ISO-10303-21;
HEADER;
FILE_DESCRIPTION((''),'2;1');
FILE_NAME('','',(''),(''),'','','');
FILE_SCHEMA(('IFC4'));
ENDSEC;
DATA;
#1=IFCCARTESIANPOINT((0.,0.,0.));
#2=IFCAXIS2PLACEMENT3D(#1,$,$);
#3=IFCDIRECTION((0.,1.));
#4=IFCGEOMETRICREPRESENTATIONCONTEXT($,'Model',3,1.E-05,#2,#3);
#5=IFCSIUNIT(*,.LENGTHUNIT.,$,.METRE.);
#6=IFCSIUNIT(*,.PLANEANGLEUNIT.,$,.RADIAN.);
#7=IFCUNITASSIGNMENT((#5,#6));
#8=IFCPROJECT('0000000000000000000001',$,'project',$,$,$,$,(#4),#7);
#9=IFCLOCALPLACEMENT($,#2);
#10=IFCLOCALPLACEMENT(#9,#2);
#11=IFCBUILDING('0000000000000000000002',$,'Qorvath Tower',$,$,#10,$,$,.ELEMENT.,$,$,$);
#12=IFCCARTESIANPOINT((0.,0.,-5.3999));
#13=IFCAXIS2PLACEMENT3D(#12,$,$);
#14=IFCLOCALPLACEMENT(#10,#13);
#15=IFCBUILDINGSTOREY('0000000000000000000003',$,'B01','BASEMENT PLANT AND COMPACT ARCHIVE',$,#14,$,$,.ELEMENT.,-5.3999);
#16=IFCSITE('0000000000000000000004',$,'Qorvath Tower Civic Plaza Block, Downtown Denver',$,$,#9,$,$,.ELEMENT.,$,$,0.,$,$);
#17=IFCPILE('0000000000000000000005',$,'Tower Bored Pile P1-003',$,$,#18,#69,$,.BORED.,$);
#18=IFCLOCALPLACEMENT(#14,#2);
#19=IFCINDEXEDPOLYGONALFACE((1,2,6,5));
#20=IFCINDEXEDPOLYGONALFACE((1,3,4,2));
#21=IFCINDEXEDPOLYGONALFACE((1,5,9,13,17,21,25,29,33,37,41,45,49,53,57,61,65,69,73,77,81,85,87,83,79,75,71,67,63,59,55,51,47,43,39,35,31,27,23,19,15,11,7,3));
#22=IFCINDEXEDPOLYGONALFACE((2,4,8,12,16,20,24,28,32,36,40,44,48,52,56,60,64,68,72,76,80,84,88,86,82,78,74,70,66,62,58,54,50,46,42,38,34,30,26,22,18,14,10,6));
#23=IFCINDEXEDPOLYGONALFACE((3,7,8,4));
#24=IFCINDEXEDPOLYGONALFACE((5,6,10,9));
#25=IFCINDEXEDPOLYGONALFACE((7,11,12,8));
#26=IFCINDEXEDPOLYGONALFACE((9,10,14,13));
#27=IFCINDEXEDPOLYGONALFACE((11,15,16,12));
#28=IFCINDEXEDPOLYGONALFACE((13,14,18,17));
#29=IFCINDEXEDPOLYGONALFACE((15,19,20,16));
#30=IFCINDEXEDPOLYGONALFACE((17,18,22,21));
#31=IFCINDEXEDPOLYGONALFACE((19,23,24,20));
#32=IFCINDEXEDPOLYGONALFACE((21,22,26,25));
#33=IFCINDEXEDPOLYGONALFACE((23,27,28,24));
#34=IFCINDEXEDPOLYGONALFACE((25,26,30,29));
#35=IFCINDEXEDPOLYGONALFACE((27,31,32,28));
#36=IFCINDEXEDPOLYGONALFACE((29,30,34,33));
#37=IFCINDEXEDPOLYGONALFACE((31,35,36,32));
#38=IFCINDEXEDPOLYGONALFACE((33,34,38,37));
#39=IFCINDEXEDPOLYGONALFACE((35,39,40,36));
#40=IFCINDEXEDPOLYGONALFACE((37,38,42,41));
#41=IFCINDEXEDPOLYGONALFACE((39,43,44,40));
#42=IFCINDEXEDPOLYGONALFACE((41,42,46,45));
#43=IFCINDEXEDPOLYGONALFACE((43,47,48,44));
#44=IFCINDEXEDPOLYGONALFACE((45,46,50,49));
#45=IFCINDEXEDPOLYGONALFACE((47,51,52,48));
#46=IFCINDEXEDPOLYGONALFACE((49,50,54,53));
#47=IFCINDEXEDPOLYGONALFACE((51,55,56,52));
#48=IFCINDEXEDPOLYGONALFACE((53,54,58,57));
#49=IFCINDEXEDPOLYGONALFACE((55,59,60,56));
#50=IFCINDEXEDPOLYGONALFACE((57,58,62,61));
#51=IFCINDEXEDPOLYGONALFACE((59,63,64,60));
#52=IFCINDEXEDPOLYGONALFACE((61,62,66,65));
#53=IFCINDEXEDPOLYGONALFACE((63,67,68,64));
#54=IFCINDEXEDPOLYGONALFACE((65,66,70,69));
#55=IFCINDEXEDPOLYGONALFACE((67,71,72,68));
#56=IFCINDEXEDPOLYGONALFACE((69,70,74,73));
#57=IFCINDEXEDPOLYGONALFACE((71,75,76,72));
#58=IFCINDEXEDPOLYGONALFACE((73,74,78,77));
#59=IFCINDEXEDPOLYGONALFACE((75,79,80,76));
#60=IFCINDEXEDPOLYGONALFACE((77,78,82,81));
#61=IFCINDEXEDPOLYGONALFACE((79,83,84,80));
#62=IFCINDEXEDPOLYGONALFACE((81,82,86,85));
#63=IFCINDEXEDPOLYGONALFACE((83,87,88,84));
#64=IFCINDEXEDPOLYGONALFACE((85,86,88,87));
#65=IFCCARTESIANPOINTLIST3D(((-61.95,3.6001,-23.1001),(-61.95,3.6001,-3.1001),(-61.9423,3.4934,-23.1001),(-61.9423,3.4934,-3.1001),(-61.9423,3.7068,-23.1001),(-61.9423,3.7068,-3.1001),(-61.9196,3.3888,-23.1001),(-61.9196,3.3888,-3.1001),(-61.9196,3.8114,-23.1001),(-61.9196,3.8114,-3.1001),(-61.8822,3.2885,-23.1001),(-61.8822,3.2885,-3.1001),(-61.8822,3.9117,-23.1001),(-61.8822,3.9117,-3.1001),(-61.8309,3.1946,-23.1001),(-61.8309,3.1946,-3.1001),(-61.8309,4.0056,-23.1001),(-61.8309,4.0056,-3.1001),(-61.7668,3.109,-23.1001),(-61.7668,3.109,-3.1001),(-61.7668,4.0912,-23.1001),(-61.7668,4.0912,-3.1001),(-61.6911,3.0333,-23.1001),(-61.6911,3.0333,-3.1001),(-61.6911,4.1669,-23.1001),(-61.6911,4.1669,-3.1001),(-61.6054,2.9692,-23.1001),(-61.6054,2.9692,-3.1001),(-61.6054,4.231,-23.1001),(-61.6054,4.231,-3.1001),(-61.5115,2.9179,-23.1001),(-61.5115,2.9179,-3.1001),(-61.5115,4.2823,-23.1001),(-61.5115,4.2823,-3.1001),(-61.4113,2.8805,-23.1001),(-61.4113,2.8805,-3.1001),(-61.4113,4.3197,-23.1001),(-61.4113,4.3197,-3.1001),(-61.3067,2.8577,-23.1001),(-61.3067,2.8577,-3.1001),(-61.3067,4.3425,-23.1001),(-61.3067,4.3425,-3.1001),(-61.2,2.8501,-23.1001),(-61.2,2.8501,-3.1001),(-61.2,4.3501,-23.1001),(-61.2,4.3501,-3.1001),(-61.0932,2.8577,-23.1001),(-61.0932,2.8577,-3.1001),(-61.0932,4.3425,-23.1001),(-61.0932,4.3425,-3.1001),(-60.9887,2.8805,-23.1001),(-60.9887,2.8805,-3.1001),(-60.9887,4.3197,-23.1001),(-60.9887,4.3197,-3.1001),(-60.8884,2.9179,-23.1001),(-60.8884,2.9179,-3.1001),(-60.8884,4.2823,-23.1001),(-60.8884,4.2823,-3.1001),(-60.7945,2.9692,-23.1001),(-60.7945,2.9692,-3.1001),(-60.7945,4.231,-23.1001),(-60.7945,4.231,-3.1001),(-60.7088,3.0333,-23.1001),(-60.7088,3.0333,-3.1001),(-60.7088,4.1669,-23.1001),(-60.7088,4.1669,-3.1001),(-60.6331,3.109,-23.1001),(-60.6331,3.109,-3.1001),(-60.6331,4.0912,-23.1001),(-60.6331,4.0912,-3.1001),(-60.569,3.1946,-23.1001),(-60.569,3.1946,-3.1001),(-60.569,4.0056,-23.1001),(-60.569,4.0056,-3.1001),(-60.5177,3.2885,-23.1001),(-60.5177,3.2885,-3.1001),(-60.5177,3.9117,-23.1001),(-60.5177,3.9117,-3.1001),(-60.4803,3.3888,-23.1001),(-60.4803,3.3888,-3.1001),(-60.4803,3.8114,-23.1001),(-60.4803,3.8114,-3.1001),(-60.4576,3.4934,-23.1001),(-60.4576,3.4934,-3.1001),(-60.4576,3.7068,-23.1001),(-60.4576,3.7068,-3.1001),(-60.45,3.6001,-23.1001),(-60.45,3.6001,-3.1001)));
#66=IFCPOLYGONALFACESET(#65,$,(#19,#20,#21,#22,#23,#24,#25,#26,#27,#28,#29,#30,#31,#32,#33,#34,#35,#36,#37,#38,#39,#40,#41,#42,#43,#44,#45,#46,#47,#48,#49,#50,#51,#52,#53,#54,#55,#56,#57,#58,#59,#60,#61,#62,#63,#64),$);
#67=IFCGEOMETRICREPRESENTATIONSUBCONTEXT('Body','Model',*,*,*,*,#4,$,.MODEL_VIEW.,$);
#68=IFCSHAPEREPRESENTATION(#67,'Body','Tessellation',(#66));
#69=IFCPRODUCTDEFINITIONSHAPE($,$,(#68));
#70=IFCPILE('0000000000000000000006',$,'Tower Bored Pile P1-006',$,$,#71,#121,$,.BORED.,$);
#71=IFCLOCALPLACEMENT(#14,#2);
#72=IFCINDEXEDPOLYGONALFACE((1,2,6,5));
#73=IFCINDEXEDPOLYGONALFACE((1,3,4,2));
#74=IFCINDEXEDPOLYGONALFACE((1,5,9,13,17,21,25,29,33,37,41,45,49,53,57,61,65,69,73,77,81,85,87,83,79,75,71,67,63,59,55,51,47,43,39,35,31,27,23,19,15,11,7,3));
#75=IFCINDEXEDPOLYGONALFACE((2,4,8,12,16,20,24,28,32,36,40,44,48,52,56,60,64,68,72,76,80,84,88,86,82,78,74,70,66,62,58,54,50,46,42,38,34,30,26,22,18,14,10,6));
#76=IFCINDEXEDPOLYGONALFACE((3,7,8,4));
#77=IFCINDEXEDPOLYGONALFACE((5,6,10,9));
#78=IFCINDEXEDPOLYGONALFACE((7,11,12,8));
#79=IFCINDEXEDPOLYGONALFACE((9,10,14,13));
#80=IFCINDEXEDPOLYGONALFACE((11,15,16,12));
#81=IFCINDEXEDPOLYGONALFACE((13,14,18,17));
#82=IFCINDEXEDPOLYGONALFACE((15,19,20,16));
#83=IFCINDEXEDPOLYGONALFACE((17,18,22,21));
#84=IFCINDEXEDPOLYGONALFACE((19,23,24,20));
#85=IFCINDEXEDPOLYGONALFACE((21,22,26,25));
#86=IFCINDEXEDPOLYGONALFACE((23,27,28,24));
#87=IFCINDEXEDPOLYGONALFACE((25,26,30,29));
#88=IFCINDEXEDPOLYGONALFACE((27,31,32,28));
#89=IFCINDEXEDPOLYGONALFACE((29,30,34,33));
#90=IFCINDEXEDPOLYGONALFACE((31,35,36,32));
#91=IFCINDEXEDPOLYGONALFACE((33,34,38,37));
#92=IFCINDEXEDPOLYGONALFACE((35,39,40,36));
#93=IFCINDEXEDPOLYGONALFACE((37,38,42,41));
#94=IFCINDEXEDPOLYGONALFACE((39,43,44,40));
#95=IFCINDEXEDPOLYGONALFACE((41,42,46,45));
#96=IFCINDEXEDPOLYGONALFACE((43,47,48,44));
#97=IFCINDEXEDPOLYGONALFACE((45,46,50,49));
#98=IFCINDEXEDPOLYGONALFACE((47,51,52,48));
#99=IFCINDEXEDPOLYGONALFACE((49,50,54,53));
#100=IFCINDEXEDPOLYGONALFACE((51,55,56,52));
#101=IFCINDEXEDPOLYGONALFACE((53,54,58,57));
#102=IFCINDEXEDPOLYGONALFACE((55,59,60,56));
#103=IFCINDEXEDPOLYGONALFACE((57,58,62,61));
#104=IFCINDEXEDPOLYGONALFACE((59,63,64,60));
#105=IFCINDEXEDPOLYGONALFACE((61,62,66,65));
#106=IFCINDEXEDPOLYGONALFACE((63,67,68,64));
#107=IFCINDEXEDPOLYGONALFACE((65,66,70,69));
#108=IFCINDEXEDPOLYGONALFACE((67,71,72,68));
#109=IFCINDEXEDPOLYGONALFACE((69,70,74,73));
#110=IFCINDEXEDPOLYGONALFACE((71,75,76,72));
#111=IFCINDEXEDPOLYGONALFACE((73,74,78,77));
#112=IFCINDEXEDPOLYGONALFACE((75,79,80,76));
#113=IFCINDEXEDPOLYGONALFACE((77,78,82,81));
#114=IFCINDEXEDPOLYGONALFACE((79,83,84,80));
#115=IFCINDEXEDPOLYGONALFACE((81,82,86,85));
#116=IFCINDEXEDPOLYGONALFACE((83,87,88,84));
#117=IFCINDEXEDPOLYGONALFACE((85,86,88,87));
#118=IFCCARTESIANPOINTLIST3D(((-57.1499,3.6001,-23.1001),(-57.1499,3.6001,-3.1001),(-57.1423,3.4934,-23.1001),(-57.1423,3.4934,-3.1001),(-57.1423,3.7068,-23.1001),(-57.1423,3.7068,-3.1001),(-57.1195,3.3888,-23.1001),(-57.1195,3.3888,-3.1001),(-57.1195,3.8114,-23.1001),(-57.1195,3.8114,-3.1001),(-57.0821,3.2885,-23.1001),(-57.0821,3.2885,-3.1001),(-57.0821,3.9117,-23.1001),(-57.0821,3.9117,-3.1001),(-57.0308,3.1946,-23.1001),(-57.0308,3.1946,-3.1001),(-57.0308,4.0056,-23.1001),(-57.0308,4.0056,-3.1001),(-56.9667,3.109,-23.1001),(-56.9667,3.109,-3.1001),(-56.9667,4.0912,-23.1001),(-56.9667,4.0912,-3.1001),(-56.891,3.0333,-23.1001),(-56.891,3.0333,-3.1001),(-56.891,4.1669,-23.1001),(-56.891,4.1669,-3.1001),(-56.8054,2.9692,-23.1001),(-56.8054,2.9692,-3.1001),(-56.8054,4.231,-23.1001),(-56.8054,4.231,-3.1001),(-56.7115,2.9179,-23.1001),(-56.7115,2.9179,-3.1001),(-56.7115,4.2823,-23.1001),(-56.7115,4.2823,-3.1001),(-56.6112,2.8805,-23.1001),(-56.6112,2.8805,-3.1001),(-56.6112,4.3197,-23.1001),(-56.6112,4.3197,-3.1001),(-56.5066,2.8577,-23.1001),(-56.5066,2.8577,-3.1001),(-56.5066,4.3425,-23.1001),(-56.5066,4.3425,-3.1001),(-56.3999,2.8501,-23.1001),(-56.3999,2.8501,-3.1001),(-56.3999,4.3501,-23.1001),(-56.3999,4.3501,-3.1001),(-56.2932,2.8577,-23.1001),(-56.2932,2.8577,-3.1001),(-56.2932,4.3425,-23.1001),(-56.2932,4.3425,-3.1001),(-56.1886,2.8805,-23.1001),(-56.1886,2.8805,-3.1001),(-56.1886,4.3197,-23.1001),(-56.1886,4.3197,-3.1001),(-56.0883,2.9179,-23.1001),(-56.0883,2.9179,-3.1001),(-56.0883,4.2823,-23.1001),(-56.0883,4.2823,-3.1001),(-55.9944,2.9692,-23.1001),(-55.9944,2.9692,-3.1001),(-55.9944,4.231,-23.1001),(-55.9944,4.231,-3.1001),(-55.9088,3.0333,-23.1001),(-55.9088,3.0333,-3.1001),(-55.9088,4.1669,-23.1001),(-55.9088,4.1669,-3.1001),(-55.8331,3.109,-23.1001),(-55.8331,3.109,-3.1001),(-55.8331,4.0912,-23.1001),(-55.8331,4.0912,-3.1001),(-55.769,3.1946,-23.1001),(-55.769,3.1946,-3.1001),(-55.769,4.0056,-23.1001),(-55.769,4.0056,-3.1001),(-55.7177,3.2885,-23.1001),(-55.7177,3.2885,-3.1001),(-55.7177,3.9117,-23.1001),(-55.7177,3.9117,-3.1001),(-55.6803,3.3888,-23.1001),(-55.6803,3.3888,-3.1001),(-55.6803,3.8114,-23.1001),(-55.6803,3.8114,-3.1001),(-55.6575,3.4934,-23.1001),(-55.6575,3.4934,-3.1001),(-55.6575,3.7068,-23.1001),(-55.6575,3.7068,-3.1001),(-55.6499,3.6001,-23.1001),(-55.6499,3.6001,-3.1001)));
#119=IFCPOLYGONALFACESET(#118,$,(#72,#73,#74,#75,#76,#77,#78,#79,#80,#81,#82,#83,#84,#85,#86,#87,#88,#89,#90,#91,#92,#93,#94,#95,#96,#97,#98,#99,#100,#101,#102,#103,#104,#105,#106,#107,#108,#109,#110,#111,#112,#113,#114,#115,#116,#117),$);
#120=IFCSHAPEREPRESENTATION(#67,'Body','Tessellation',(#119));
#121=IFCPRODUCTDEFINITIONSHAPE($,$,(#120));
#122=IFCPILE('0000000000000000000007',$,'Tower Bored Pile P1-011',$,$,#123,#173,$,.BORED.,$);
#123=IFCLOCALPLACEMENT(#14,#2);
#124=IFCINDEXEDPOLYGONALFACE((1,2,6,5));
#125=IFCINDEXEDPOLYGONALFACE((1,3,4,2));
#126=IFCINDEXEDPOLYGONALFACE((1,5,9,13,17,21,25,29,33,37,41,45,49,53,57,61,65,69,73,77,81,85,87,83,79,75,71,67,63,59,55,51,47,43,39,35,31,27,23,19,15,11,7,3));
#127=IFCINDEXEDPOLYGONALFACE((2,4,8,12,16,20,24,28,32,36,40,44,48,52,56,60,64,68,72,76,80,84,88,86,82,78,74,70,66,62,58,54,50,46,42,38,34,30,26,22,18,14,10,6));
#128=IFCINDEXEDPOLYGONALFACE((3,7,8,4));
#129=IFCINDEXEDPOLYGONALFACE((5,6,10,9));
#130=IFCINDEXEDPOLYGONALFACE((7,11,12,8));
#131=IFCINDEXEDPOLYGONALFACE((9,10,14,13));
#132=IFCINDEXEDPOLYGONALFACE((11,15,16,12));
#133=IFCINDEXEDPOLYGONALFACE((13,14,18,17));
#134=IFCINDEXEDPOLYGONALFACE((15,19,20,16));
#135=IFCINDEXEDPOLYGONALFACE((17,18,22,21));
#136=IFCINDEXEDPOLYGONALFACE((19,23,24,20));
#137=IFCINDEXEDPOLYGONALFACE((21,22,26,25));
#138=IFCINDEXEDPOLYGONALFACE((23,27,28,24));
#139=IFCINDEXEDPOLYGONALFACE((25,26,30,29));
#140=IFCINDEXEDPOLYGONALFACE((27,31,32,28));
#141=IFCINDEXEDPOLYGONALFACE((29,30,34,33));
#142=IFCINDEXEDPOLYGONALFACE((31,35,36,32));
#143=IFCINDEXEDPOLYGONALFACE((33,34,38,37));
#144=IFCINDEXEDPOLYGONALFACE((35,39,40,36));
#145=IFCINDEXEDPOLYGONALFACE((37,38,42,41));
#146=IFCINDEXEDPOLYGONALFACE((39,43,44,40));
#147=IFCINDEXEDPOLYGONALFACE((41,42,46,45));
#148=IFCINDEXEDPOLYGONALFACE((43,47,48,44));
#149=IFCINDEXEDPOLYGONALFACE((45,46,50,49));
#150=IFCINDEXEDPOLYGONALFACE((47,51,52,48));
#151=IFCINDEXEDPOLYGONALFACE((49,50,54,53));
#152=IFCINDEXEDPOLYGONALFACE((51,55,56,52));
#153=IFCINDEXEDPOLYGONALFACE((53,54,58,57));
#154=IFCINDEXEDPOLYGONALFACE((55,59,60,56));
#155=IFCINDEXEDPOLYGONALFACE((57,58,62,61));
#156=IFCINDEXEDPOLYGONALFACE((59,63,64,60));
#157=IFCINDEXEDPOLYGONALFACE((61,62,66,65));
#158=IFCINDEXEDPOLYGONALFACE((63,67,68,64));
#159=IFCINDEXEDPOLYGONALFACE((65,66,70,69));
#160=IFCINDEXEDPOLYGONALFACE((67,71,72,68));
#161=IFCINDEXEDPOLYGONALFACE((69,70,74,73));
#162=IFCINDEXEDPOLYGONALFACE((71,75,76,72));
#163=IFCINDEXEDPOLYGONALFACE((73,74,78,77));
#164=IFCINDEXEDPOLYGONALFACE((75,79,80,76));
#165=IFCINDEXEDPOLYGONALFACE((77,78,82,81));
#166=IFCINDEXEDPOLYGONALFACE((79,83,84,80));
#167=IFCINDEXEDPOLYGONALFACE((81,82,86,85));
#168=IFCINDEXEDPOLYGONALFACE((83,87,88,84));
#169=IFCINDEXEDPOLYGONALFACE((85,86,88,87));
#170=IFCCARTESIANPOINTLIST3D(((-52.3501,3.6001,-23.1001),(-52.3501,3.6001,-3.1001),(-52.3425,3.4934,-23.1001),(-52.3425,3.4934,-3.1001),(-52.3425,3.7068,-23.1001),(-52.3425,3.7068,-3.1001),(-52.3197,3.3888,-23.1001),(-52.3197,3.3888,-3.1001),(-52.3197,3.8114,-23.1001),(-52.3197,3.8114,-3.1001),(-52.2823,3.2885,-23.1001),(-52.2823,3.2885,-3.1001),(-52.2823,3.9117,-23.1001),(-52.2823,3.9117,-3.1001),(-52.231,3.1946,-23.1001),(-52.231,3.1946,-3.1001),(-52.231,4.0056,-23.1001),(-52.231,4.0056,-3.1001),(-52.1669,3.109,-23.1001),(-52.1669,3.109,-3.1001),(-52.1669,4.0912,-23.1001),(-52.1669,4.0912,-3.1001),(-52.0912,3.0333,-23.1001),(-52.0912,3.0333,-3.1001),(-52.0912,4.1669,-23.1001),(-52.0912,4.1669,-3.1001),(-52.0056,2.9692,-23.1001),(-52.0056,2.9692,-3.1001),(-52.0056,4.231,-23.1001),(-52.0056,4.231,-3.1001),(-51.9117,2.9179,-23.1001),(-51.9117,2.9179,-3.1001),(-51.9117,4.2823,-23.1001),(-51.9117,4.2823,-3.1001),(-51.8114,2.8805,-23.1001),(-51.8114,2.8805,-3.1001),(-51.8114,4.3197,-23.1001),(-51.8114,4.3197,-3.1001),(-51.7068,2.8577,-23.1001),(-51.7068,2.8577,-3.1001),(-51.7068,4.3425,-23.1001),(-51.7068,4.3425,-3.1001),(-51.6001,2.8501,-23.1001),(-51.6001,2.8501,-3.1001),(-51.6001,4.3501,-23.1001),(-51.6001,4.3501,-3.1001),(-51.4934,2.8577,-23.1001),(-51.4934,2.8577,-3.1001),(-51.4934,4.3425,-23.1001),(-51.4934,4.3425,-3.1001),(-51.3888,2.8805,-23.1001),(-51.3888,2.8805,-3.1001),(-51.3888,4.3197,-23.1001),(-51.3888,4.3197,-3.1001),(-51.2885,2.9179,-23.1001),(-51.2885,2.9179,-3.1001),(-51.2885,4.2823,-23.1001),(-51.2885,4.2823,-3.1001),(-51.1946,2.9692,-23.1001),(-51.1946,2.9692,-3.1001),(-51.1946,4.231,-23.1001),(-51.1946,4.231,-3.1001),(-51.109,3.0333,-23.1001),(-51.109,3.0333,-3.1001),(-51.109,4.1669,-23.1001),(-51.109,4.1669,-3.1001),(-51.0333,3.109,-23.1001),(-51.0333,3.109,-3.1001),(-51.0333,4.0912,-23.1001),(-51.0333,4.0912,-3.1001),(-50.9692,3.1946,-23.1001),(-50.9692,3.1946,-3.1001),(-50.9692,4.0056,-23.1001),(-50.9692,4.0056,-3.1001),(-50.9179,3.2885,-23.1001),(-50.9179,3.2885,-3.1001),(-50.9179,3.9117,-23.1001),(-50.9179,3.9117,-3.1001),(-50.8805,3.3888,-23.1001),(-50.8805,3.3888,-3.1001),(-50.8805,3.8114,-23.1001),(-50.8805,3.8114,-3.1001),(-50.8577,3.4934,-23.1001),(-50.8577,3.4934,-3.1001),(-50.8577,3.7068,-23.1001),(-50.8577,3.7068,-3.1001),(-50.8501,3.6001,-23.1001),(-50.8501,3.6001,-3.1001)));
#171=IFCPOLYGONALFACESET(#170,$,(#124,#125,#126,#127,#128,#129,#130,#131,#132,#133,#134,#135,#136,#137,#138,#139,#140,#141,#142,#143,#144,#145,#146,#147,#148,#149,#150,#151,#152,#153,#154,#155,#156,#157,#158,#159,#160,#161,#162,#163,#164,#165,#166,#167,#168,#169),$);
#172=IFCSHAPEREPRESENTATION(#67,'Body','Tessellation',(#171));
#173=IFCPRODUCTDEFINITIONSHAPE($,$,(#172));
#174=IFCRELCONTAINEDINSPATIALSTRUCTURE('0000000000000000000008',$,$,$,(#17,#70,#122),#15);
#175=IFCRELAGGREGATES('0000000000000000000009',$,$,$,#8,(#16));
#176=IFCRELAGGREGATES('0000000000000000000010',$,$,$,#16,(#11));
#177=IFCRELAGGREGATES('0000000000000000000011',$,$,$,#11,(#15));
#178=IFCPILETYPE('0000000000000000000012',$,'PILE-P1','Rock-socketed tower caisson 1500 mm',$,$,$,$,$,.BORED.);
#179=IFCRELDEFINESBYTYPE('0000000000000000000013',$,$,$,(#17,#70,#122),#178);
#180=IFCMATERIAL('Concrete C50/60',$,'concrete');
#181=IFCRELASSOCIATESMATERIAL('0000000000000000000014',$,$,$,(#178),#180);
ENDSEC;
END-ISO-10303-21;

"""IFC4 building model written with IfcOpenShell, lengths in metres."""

from ifc_helpers import new_model, si_unit, direction, frame, origin, origin_2d, place, context, subcontext, project, spatial, circle, extrude, material, material_profile, profile_set, type_object, element, save


model = new_model("IFC4")

# Units and contexts
model_context = context("Model", 3, precision=1e-05, world=origin(), true_north=direction((0.0, 1.0)))
body_context = subcontext(model_context, "Body", "Model", "MODEL_VIEW")
ifc_project = project(units=[si_unit("LENGTHUNIT", "METRE"), si_unit("PLANEANGLEUNIT", "RADIAN")], contexts=[model_context])

# Site, building, storey
site_placement = place(None, origin())
site = spatial("IfcSite", under=ifc_project, at=site_placement, Name="Qorvath Tower Civic Plaza Block, Downtown Denver", CompositionType="ELEMENT", RefElevation=0.0)
building_placement = place(site_placement, origin())
building = spatial("IfcBuilding", under=site, at=building_placement, Name="Qorvath Tower", CompositionType="ELEMENT")
storey_placement = place(building_placement, frame((0.0, 0.0, -5.3999)))
storey = spatial("IfcBuildingStorey", under=building, at=storey_placement, Name="B01", Description="BASEMENT PLANT AND COMPACT ARCHIVE", CompositionType="ELEMENT", Elevation=-5.3999)

# Piles
ifc_material_1 = material(Name="Concrete C50/60", Category="concrete")
ifc_material_profile_1 = material_profile(ifc_material_1, circle(Radius=0.75, at=origin_2d()), Name="BORED PILE 1500")
ifc_profile_set_1 = profile_set([ifc_material_profile_1], Name="Concrete C50/60")
pile_type = type_object("IfcPileType", Name="PILE-P1", Description="Rock-socketed tower caisson 1500 mm", PredefinedType="BORED", material=ifc_profile_set_1)
for number, where, z_axis, x_axis, name in (
    (1, (-61.2, 3.6001, -3.1001), (0.0, 0.0, -1.0), (1.0, 0.0, 0.0), "Tower Bored Pile P1-003"),
    (2, (-56.3999, 3.6001, -3.1001), (0.0, 0.0, -1.0), (1.0, 0.0, 0.0), "Tower Bored Pile P1-006"),
    (3, (-51.6001, 3.6001, -3.1001), (0.0, 0.0, -1.0), (1.0, 0.0, 0.0), "Tower Bored Pile P1-011"),
):
    element("IfcPile", number, at=place(storey_placement, frame(where, z_axis=z_axis, x_axis=x_axis)), inside=storey, type_object=pile_type, Name=name, PredefinedType="BORED", context=body_context, shape_type="SweptSolid", body=[
        extrude(circle(Radius=0.75, at=origin_2d()), origin(), (0.0, 0.0, 1.0), 20.0),
    ])

save(model, "model.ifc")
